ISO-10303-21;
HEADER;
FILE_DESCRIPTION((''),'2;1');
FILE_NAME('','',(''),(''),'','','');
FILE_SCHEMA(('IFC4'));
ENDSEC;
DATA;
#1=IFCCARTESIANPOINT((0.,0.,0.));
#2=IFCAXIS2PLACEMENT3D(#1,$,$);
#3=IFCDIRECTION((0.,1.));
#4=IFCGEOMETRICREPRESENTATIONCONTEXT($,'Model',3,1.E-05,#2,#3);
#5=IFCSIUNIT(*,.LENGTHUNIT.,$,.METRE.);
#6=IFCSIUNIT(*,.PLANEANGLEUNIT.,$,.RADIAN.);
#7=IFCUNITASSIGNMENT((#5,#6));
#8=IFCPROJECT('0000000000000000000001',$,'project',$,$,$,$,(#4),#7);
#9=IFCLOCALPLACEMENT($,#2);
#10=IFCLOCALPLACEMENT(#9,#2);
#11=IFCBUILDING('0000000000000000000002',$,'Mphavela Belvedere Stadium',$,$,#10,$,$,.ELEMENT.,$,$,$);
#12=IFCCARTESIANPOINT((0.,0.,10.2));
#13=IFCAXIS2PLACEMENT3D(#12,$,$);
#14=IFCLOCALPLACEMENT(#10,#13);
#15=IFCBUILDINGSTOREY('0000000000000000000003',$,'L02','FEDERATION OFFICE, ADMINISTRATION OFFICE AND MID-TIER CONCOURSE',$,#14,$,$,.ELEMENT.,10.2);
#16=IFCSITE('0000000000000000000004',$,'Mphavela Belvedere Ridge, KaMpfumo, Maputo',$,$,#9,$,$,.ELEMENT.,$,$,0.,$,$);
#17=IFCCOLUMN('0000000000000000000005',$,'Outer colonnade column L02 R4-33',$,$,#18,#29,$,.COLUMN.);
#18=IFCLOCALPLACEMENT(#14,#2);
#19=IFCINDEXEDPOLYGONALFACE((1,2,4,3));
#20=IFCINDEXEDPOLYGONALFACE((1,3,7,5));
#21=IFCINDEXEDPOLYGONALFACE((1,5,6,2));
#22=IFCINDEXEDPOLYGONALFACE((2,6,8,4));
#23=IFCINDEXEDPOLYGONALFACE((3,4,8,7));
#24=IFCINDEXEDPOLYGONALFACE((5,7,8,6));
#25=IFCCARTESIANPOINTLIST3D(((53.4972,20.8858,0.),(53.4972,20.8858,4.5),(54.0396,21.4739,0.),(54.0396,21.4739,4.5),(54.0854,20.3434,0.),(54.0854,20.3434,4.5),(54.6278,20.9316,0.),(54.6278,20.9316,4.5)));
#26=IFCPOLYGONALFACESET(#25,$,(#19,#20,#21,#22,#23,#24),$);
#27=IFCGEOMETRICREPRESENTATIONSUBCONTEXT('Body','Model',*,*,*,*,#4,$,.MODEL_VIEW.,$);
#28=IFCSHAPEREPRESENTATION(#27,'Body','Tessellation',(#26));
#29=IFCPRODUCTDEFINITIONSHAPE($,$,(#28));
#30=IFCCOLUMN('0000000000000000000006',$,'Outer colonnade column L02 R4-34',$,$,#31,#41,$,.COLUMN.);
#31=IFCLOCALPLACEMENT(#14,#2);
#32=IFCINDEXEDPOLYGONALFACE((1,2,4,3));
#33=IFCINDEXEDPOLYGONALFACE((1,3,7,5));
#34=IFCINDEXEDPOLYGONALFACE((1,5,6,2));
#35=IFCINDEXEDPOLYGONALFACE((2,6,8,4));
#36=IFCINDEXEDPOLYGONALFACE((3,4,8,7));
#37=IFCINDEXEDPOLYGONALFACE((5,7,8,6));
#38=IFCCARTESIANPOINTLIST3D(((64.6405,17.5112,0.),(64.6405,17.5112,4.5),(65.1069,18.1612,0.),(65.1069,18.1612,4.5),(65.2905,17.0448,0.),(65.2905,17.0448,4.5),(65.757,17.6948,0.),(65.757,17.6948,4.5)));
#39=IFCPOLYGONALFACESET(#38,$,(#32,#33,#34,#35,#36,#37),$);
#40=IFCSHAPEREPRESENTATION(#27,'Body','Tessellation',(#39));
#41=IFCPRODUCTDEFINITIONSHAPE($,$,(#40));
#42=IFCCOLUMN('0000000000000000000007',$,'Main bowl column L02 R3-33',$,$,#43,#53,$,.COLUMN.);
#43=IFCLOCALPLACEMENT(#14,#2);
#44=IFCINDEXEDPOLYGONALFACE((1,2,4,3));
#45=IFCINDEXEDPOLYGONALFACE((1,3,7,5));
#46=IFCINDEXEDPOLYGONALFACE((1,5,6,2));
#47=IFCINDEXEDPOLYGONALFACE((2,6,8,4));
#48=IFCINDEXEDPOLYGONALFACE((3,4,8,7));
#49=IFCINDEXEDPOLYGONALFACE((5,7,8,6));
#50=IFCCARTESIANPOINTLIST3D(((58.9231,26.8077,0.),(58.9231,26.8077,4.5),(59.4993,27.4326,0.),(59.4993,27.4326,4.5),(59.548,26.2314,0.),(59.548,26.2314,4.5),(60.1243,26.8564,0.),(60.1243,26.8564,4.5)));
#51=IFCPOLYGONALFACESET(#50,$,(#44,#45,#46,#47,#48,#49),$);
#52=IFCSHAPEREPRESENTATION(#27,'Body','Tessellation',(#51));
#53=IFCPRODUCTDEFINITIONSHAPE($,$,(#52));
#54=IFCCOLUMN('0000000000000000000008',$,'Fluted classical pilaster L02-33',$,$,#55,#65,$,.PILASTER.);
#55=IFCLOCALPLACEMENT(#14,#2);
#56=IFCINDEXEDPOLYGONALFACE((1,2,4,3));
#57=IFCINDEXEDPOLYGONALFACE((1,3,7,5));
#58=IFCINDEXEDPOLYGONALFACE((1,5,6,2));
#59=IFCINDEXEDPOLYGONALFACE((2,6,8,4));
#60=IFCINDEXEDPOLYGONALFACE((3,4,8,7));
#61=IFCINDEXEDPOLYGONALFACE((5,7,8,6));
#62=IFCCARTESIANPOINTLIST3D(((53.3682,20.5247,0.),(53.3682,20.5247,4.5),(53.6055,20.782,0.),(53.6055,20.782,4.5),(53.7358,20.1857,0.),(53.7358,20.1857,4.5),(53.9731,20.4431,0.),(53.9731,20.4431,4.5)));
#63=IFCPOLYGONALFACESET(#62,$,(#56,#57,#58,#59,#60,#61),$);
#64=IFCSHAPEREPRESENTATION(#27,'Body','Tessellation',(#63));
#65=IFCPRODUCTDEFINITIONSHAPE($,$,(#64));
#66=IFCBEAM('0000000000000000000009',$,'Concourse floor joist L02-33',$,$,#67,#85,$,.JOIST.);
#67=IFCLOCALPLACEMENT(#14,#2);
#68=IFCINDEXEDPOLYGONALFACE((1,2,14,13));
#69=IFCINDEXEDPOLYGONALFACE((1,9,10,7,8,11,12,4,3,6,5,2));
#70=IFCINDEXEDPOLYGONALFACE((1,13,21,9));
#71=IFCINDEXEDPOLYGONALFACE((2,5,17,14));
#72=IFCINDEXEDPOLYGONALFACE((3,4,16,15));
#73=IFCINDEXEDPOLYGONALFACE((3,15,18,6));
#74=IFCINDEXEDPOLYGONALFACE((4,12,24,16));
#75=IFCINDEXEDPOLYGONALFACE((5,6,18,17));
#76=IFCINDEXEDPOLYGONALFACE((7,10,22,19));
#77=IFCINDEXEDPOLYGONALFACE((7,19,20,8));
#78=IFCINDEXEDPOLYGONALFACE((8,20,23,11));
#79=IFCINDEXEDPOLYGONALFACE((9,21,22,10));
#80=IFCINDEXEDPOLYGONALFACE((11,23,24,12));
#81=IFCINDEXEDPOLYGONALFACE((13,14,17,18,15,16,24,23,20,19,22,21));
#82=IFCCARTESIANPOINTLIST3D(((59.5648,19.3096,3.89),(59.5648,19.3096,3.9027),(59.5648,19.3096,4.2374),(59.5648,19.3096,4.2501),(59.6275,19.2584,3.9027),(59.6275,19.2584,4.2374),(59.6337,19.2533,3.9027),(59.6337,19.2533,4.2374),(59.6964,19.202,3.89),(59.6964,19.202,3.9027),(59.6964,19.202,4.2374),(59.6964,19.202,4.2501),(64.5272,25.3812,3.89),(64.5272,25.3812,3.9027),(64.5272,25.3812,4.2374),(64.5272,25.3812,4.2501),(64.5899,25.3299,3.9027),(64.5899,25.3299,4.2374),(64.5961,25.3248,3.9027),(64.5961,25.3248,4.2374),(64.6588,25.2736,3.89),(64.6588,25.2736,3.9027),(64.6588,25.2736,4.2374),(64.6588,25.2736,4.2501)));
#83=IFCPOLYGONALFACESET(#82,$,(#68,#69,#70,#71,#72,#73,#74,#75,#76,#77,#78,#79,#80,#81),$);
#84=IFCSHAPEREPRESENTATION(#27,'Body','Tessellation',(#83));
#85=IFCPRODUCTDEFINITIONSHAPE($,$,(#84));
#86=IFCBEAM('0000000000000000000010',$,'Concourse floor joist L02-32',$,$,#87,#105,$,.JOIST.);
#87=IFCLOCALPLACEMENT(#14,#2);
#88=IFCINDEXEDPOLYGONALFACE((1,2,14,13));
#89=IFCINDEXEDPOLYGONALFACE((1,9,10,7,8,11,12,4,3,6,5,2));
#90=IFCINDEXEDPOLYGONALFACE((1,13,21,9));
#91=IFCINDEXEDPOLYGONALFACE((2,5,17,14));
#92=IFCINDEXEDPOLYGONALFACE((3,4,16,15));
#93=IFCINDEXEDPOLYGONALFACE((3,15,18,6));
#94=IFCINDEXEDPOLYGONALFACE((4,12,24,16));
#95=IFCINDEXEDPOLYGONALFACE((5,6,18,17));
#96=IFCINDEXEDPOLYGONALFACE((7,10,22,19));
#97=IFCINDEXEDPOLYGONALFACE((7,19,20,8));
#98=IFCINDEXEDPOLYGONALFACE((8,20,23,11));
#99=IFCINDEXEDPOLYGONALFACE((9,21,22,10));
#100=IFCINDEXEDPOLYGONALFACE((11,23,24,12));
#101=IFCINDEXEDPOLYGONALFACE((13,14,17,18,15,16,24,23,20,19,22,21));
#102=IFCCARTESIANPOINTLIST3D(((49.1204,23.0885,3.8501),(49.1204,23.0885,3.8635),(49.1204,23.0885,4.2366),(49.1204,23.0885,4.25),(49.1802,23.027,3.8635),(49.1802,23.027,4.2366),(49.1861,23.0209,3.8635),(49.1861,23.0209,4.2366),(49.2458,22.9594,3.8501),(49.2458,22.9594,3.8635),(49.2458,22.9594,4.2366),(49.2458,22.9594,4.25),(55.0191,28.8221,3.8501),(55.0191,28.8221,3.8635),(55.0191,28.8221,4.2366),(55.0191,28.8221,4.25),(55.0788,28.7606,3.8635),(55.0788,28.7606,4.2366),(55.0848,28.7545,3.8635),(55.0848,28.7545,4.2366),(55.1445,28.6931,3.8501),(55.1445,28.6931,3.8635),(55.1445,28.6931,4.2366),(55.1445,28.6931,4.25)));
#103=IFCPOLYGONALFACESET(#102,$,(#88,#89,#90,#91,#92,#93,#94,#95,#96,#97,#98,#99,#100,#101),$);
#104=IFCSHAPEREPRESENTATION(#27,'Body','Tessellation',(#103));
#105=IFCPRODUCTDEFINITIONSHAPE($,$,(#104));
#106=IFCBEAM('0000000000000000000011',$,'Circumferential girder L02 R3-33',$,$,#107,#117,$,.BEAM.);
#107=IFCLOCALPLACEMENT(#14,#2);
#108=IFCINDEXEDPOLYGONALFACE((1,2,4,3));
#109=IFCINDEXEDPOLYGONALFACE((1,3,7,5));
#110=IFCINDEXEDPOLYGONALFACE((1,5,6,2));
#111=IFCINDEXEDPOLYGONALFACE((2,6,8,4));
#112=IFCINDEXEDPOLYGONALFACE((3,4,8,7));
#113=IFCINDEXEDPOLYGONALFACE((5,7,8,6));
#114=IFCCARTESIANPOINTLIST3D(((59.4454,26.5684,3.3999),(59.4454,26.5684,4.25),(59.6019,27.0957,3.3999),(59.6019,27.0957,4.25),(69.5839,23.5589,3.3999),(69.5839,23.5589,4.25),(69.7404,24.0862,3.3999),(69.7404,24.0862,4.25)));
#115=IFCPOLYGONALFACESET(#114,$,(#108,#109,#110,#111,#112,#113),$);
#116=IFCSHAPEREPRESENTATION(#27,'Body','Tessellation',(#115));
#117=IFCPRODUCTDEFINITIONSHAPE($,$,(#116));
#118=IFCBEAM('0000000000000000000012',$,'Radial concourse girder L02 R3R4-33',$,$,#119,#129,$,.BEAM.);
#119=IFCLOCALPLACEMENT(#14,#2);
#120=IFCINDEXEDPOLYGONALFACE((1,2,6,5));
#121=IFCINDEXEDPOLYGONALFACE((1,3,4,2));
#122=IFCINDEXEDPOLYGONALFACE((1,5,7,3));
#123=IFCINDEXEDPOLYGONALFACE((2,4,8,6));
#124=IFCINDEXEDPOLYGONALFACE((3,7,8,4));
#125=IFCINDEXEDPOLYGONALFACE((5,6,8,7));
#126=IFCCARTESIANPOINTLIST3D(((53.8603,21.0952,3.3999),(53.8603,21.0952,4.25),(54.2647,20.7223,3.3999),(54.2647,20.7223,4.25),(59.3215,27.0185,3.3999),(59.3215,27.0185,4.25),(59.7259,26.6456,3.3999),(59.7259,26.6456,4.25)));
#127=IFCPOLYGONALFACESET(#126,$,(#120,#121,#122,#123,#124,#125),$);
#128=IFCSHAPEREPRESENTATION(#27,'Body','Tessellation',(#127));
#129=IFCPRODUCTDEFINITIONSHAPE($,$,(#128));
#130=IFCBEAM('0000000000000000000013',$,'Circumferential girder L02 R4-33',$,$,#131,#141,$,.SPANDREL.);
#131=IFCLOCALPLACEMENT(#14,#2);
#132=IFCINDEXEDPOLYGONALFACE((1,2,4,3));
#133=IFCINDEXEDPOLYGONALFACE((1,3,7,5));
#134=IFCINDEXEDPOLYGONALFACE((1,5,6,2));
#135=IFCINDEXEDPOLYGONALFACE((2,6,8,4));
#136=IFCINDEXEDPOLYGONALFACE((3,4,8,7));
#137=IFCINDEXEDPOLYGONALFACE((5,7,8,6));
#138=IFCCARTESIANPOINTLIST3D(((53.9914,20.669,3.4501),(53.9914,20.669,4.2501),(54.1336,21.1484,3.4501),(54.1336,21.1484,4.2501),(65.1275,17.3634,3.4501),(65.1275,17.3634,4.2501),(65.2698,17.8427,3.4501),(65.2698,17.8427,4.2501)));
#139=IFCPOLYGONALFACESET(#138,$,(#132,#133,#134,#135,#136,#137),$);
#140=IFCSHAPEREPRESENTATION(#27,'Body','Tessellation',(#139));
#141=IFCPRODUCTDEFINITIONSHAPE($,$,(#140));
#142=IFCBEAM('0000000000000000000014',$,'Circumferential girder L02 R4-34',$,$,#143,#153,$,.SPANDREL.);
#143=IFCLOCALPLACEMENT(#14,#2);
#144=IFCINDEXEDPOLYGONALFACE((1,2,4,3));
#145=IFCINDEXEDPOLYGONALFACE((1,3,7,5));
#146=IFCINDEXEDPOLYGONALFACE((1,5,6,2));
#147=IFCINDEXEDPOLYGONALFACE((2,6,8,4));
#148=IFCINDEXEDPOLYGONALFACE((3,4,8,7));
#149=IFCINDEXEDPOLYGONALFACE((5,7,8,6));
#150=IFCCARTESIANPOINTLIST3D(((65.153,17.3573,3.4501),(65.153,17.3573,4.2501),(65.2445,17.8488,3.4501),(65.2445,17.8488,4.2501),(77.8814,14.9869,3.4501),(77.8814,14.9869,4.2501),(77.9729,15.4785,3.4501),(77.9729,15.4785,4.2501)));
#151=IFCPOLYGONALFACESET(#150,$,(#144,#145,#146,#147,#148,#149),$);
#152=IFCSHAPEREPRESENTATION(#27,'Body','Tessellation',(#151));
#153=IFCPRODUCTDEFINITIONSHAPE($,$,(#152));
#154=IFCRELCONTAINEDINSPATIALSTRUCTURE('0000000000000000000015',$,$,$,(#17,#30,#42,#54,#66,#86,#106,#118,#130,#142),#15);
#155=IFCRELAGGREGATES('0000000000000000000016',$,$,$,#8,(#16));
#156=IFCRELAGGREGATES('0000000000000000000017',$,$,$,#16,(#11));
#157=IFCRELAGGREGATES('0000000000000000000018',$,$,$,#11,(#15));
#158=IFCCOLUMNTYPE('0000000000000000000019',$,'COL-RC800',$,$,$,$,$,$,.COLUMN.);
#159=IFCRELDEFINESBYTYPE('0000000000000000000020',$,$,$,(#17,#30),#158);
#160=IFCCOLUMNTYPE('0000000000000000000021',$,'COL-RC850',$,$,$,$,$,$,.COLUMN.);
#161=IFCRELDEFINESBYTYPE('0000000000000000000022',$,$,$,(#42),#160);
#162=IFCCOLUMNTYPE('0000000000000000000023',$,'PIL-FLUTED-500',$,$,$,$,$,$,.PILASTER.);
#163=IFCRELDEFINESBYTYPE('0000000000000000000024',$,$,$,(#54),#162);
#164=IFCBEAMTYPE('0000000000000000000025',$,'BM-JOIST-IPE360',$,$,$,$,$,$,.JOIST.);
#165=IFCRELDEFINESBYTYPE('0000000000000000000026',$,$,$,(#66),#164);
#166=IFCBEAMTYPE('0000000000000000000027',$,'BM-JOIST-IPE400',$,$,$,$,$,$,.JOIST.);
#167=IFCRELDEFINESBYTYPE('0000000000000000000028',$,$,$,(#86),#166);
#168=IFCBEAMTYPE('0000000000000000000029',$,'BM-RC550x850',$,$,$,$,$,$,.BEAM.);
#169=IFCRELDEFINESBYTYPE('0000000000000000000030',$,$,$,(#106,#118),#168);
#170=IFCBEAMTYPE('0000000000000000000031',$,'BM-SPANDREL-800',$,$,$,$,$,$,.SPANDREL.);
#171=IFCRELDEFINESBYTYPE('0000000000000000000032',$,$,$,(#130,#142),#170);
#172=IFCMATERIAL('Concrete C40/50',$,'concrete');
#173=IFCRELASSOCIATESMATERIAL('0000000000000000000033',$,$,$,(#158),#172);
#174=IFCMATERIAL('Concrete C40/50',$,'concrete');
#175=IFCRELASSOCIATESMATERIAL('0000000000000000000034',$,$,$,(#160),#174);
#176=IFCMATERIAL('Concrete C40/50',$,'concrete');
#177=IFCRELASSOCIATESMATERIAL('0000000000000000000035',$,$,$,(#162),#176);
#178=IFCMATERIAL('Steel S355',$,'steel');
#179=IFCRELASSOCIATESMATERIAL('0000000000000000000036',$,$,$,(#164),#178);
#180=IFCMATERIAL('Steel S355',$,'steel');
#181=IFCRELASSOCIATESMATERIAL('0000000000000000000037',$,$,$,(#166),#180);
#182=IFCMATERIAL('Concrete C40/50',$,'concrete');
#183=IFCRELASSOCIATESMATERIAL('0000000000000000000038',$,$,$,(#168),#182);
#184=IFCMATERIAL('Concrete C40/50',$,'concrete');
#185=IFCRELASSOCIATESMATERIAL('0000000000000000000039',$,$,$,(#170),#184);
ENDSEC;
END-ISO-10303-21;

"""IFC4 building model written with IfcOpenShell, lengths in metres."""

from ifc_helpers import new_model, si_unit, direction, frame, origin, origin_2d, place, context, subcontext, project, spatial, rectangle, i_section, extrude, material, material_profile, profile_set, type_object, element, save


model = new_model("IFC4")

# Units and contexts
model_context = context("Model", 3, precision=1e-05, world=origin(), true_north=direction((0.0, 1.0)))
body_context = subcontext(model_context, "Body", "Model", "MODEL_VIEW")
ifc_project = project(units=[si_unit("LENGTHUNIT", "METRE"), si_unit("PLANEANGLEUNIT", "RADIAN")], contexts=[model_context])

# Site, building, storey
site_placement = place(None, origin())
site = spatial("IfcSite", under=ifc_project, at=site_placement, Name="Mphavela Belvedere Ridge, KaMpfumo, Maputo", CompositionType="ELEMENT", RefElevation=0.0)
building_placement = place(site_placement, origin())
building = spatial("IfcBuilding", under=site, at=building_placement, Name="Mphavela Belvedere Stadium", CompositionType="ELEMENT")
storey_placement = place(building_placement, frame((0.0, 0.0, 10.2)))
storey = spatial("IfcBuildingStorey", under=building, at=storey_placement, Name="L02", Description="FEDERATION OFFICE, ADMINISTRATION OFFICE AND MID-TIER CONCOURSE", CompositionType="ELEMENT", Elevation=10.2)

# Columns
ifc_material_1 = material(Name="Concrete C40/50", Category="concrete")
ifc_material_profile_1 = material_profile(ifc_material_1, rectangle(XDim=0.8, YDim=0.8, at=origin_2d()), Name="RC 800x800")
ifc_profile_set_1 = profile_set([ifc_material_profile_1], Name="Concrete C40/50")
column_type_1 = type_object("IfcColumnType", Name="COL-RC800", PredefinedType="COLUMN", material=ifc_profile_set_1)
for number, where, z_axis, x_axis, name in (
    (1, (54.0625, 20.9087, 0.0), (0.0, 0.0, 1.0), (-0.677903, -0.735151, 0.0), "Outer colonnade column L02 R4-33"),
    (2, (65.1987, 17.603, 0.0), (0.0, 0.0, 1.0), (-0.582974, -0.812491, 0.0), "Outer colonnade column L02 R4-34"),
):
    element("IfcColumn", number, at=place(storey_placement, frame(where, z_axis=z_axis, x_axis=x_axis)), inside=storey, type_object=column_type_1, Name=name, PredefinedType="COLUMN", context=body_context, shape_type="SweptSolid", body=[
        extrude(rectangle(XDim=0.8, YDim=0.8, at=origin_2d()), origin(), (0.0, 0.0, 1.0), 4.5),
    ])
ifc_material_2 = material(Name="Concrete C40/50", Category="concrete")
ifc_material_profile_2 = material_profile(ifc_material_2, rectangle(XDim=0.8501, YDim=0.8501, at=origin_2d()), Name="RC 850x850")
ifc_profile_set_2 = profile_set([ifc_material_profile_2], Name="Concrete C40/50")
column_type_2 = type_object("IfcColumnType", Name="COL-RC850", PredefinedType="COLUMN", material=ifc_profile_set_2)
column_1_placement = place(storey_placement, frame((59.5237, 26.832, 0.0), z_axis=(0.0, 0.0, 1.0), x_axis=(-0.677903, -0.735151, 0.0)))
element("IfcColumn", 3, at=column_1_placement, inside=storey, type_object=column_type_2, Name="Main bowl column L02 R3-33", PredefinedType="COLUMN", context=body_context, shape_type="SweptSolid", body=[
    extrude(rectangle(XDim=0.8501, YDim=0.8501, at=origin_2d()), origin(), (0.0, 0.0, 1.0), 4.5),
])
ifc_material_3 = material(Name="Concrete C40/50", Category="concrete")
ifc_material_profile_3 = material_profile(ifc_material_3, rectangle(XDim=0.5, YDim=0.3501, at=origin_2d()), Name="PIL 500x350")
ifc_profile_set_3 = profile_set([ifc_material_profile_3], Name="Concrete C40/50")
column_type_3 = type_object("IfcColumnType", Name="PIL-FLUTED-500", PredefinedType="PILASTER", material=ifc_profile_set_3)
column_2_placement = place(storey_placement, frame((53.6707, 20.4839, 0.0), z_axis=(0.0, 0.0, 1.0), x_axis=(0.735151, -0.677903, 0.0)))
element("IfcColumn", 4, at=column_2_placement, inside=storey, type_object=column_type_3, Name="Fluted classical pilaster L02-33", PredefinedType="PILASTER", context=body_context, shape_type="SweptSolid", body=[
    extrude(rectangle(XDim=0.5, YDim=0.3501, at=origin_2d()), origin(), (0.0, 0.0, 1.0), 4.5),
])

# Beams
ifc_material_4 = material(Name="Steel S355", Category="steel")
ifc_material_profile_4 = material_profile(ifc_material_4, i_section(OverallWidth=0.1699, OverallDepth=0.3601, WebThickness=0.0081, FlangeThickness=0.0127, at=origin_2d()), Name="IPE 360")
ifc_profile_set_4 = profile_set([ifc_material_profile_4], Name="Steel S355")
beam_type_1 = type_object("IfcBeamType", Name="BM-JOIST-IPE360", PredefinedType="JOIST", material=ifc_profile_set_4)
beam_1_placement = place(storey_placement, frame((64.593, 25.3274, 4.0701), z_axis=(-0.632839, -0.774283, 0.0), x_axis=(0.774283, -0.632839, 0.0)))
element("IfcBeam", 5, at=beam_1_placement, inside=storey, type_object=beam_type_1, Name="Concourse floor joist L02-33", PredefinedType="JOIST", context=body_context, shape_type="SweptSolid", body=[
    extrude(i_section(OverallWidth=0.1699, OverallDepth=0.3601, WebThickness=0.0081, FlangeThickness=0.0127, at=origin_2d()), origin(), (0.0, 0.0, 1.0), 7.8416),
])
ifc_material_5 = material(Name="Steel S355", Category="steel")
ifc_material_profile_5 = material_profile(ifc_material_5, i_section(OverallWidth=0.1799, OverallDepth=0.3999, WebThickness=0.0085, FlangeThickness=0.0134, at=origin_2d()), Name="IPE 400")
ifc_profile_set_5 = profile_set([ifc_material_profile_5], Name="Steel S355")
beam_type_2 = type_object("IfcBeamType", Name="BM-JOIST-IPE400", PredefinedType="JOIST", material=ifc_profile_set_5)
beam_2_placement = place(storey_placement, frame((55.0818, 28.7576, 4.05), z_axis=(-0.717067, -0.697004, 0.0), x_axis=(0.697004, -0.717067, 0.0)))
element("IfcBeam", 6, at=beam_2_placement, inside=storey, type_object=beam_type_2, Name="Concourse floor joist L02-32", PredefinedType="JOIST", context=body_context, shape_type="SweptSolid", body=[
    extrude(i_section(OverallWidth=0.1799, OverallDepth=0.3999, WebThickness=0.0085, FlangeThickness=0.0134, at=origin_2d()), origin(), (0.0, 0.0, 1.0), 8.2261),
])
ifc_material_6 = material(Name="Concrete C40/50", Category="concrete")
ifc_material_profile_6 = material_profile(ifc_material_6, rectangle(XDim=0.55, YDim=0.8501, at=origin_2d()), Name="RC 550x850")
ifc_profile_set_6 = profile_set([ifc_material_profile_6], Name="Concrete C40/50")
beam_type_3 = type_object("IfcBeamType", Name="BM-RC550x850", PredefinedType="BEAM", material=ifc_profile_set_6)
beam_3_placement = place(storey_placement, frame((59.5237, 26.832, 3.825), z_axis=(0.958655, -0.28457, 0.0), x_axis=(0.28457, 0.958655, 0.0)))
element("IfcBeam", 7, at=beam_3_placement, inside=storey, type_object=beam_type_3, Name="Circumferential girder L02 R3-33", PredefinedType="BEAM", context=body_context, shape_type="SweptSolid", body=[
    extrude(rectangle(XDim=0.55, YDim=0.8501, at=origin_2d()), origin(), (0.0, 0.0, 1.0), 10.5757),
])
beam_4_placement = place(storey_placement, frame((59.5237, 26.832, 3.825), z_axis=(-0.677843, -0.735206, 0.0), x_axis=(0.735206, -0.677843, 0.0)))
element("IfcBeam", 8, at=beam_4_placement, inside=storey, type_object=beam_type_3, Name="Radial concourse girder L02 R3R4-33", PredefinedType="BEAM", context=body_context, shape_type="SweptSolid", body=[
    extrude(rectangle(XDim=0.55, YDim=0.8501, at=origin_2d()), origin(), (0.0, 0.0, 1.0), 8.0566),
])
ifc_material_7 = material(Name="Concrete C40/50", Category="concrete")
ifc_material_profile_7 = material_profile(ifc_material_7, rectangle(XDim=0.5, YDim=0.8, at=origin_2d()), Name="RC 500x800")
ifc_profile_set_7 = profile_set([ifc_material_profile_7], Name="Concrete C40/50")
beam_type_4 = type_object("IfcBeamType", Name="BM-SPANDREL-800", PredefinedType="SPANDREL", material=ifc_profile_set_7)
beam_5_placement = place(storey_placement, frame((54.0625, 20.9087, 3.8501), z_axis=(0.958656, -0.284566, 0.0), x_axis=(0.284566, 0.958656, 0.0)))
element("IfcBeam", 9, at=beam_5_placement, inside=storey, type_object=beam_type_4, Name="Circumferential girder L02 R4-33", PredefinedType="SPANDREL", context=body_context, shape_type="SweptSolid", body=[
    extrude(rectangle(XDim=0.5, YDim=0.8, at=origin_2d()), origin(), (0.0, 0.0, 1.0), 11.6165),
])
beam_6_placement = place(storey_placement, frame((65.1987, 17.603, 3.8501), z_axis=(0.983099, -0.183077, 0.0), x_axis=(0.183077, 0.983099, 0.0)))
element("IfcBeam", 10, at=beam_6_placement, inside=storey, type_object=beam_type_4, Name="Circumferential girder L02 R4-34", PredefinedType="SPANDREL", context=body_context, shape_type="SweptSolid", body=[
    extrude(rectangle(XDim=0.5, YDim=0.8, at=origin_2d()), origin(), (0.0, 0.0, 1.0), 12.9473),
])

save(model, "model.ifc")
